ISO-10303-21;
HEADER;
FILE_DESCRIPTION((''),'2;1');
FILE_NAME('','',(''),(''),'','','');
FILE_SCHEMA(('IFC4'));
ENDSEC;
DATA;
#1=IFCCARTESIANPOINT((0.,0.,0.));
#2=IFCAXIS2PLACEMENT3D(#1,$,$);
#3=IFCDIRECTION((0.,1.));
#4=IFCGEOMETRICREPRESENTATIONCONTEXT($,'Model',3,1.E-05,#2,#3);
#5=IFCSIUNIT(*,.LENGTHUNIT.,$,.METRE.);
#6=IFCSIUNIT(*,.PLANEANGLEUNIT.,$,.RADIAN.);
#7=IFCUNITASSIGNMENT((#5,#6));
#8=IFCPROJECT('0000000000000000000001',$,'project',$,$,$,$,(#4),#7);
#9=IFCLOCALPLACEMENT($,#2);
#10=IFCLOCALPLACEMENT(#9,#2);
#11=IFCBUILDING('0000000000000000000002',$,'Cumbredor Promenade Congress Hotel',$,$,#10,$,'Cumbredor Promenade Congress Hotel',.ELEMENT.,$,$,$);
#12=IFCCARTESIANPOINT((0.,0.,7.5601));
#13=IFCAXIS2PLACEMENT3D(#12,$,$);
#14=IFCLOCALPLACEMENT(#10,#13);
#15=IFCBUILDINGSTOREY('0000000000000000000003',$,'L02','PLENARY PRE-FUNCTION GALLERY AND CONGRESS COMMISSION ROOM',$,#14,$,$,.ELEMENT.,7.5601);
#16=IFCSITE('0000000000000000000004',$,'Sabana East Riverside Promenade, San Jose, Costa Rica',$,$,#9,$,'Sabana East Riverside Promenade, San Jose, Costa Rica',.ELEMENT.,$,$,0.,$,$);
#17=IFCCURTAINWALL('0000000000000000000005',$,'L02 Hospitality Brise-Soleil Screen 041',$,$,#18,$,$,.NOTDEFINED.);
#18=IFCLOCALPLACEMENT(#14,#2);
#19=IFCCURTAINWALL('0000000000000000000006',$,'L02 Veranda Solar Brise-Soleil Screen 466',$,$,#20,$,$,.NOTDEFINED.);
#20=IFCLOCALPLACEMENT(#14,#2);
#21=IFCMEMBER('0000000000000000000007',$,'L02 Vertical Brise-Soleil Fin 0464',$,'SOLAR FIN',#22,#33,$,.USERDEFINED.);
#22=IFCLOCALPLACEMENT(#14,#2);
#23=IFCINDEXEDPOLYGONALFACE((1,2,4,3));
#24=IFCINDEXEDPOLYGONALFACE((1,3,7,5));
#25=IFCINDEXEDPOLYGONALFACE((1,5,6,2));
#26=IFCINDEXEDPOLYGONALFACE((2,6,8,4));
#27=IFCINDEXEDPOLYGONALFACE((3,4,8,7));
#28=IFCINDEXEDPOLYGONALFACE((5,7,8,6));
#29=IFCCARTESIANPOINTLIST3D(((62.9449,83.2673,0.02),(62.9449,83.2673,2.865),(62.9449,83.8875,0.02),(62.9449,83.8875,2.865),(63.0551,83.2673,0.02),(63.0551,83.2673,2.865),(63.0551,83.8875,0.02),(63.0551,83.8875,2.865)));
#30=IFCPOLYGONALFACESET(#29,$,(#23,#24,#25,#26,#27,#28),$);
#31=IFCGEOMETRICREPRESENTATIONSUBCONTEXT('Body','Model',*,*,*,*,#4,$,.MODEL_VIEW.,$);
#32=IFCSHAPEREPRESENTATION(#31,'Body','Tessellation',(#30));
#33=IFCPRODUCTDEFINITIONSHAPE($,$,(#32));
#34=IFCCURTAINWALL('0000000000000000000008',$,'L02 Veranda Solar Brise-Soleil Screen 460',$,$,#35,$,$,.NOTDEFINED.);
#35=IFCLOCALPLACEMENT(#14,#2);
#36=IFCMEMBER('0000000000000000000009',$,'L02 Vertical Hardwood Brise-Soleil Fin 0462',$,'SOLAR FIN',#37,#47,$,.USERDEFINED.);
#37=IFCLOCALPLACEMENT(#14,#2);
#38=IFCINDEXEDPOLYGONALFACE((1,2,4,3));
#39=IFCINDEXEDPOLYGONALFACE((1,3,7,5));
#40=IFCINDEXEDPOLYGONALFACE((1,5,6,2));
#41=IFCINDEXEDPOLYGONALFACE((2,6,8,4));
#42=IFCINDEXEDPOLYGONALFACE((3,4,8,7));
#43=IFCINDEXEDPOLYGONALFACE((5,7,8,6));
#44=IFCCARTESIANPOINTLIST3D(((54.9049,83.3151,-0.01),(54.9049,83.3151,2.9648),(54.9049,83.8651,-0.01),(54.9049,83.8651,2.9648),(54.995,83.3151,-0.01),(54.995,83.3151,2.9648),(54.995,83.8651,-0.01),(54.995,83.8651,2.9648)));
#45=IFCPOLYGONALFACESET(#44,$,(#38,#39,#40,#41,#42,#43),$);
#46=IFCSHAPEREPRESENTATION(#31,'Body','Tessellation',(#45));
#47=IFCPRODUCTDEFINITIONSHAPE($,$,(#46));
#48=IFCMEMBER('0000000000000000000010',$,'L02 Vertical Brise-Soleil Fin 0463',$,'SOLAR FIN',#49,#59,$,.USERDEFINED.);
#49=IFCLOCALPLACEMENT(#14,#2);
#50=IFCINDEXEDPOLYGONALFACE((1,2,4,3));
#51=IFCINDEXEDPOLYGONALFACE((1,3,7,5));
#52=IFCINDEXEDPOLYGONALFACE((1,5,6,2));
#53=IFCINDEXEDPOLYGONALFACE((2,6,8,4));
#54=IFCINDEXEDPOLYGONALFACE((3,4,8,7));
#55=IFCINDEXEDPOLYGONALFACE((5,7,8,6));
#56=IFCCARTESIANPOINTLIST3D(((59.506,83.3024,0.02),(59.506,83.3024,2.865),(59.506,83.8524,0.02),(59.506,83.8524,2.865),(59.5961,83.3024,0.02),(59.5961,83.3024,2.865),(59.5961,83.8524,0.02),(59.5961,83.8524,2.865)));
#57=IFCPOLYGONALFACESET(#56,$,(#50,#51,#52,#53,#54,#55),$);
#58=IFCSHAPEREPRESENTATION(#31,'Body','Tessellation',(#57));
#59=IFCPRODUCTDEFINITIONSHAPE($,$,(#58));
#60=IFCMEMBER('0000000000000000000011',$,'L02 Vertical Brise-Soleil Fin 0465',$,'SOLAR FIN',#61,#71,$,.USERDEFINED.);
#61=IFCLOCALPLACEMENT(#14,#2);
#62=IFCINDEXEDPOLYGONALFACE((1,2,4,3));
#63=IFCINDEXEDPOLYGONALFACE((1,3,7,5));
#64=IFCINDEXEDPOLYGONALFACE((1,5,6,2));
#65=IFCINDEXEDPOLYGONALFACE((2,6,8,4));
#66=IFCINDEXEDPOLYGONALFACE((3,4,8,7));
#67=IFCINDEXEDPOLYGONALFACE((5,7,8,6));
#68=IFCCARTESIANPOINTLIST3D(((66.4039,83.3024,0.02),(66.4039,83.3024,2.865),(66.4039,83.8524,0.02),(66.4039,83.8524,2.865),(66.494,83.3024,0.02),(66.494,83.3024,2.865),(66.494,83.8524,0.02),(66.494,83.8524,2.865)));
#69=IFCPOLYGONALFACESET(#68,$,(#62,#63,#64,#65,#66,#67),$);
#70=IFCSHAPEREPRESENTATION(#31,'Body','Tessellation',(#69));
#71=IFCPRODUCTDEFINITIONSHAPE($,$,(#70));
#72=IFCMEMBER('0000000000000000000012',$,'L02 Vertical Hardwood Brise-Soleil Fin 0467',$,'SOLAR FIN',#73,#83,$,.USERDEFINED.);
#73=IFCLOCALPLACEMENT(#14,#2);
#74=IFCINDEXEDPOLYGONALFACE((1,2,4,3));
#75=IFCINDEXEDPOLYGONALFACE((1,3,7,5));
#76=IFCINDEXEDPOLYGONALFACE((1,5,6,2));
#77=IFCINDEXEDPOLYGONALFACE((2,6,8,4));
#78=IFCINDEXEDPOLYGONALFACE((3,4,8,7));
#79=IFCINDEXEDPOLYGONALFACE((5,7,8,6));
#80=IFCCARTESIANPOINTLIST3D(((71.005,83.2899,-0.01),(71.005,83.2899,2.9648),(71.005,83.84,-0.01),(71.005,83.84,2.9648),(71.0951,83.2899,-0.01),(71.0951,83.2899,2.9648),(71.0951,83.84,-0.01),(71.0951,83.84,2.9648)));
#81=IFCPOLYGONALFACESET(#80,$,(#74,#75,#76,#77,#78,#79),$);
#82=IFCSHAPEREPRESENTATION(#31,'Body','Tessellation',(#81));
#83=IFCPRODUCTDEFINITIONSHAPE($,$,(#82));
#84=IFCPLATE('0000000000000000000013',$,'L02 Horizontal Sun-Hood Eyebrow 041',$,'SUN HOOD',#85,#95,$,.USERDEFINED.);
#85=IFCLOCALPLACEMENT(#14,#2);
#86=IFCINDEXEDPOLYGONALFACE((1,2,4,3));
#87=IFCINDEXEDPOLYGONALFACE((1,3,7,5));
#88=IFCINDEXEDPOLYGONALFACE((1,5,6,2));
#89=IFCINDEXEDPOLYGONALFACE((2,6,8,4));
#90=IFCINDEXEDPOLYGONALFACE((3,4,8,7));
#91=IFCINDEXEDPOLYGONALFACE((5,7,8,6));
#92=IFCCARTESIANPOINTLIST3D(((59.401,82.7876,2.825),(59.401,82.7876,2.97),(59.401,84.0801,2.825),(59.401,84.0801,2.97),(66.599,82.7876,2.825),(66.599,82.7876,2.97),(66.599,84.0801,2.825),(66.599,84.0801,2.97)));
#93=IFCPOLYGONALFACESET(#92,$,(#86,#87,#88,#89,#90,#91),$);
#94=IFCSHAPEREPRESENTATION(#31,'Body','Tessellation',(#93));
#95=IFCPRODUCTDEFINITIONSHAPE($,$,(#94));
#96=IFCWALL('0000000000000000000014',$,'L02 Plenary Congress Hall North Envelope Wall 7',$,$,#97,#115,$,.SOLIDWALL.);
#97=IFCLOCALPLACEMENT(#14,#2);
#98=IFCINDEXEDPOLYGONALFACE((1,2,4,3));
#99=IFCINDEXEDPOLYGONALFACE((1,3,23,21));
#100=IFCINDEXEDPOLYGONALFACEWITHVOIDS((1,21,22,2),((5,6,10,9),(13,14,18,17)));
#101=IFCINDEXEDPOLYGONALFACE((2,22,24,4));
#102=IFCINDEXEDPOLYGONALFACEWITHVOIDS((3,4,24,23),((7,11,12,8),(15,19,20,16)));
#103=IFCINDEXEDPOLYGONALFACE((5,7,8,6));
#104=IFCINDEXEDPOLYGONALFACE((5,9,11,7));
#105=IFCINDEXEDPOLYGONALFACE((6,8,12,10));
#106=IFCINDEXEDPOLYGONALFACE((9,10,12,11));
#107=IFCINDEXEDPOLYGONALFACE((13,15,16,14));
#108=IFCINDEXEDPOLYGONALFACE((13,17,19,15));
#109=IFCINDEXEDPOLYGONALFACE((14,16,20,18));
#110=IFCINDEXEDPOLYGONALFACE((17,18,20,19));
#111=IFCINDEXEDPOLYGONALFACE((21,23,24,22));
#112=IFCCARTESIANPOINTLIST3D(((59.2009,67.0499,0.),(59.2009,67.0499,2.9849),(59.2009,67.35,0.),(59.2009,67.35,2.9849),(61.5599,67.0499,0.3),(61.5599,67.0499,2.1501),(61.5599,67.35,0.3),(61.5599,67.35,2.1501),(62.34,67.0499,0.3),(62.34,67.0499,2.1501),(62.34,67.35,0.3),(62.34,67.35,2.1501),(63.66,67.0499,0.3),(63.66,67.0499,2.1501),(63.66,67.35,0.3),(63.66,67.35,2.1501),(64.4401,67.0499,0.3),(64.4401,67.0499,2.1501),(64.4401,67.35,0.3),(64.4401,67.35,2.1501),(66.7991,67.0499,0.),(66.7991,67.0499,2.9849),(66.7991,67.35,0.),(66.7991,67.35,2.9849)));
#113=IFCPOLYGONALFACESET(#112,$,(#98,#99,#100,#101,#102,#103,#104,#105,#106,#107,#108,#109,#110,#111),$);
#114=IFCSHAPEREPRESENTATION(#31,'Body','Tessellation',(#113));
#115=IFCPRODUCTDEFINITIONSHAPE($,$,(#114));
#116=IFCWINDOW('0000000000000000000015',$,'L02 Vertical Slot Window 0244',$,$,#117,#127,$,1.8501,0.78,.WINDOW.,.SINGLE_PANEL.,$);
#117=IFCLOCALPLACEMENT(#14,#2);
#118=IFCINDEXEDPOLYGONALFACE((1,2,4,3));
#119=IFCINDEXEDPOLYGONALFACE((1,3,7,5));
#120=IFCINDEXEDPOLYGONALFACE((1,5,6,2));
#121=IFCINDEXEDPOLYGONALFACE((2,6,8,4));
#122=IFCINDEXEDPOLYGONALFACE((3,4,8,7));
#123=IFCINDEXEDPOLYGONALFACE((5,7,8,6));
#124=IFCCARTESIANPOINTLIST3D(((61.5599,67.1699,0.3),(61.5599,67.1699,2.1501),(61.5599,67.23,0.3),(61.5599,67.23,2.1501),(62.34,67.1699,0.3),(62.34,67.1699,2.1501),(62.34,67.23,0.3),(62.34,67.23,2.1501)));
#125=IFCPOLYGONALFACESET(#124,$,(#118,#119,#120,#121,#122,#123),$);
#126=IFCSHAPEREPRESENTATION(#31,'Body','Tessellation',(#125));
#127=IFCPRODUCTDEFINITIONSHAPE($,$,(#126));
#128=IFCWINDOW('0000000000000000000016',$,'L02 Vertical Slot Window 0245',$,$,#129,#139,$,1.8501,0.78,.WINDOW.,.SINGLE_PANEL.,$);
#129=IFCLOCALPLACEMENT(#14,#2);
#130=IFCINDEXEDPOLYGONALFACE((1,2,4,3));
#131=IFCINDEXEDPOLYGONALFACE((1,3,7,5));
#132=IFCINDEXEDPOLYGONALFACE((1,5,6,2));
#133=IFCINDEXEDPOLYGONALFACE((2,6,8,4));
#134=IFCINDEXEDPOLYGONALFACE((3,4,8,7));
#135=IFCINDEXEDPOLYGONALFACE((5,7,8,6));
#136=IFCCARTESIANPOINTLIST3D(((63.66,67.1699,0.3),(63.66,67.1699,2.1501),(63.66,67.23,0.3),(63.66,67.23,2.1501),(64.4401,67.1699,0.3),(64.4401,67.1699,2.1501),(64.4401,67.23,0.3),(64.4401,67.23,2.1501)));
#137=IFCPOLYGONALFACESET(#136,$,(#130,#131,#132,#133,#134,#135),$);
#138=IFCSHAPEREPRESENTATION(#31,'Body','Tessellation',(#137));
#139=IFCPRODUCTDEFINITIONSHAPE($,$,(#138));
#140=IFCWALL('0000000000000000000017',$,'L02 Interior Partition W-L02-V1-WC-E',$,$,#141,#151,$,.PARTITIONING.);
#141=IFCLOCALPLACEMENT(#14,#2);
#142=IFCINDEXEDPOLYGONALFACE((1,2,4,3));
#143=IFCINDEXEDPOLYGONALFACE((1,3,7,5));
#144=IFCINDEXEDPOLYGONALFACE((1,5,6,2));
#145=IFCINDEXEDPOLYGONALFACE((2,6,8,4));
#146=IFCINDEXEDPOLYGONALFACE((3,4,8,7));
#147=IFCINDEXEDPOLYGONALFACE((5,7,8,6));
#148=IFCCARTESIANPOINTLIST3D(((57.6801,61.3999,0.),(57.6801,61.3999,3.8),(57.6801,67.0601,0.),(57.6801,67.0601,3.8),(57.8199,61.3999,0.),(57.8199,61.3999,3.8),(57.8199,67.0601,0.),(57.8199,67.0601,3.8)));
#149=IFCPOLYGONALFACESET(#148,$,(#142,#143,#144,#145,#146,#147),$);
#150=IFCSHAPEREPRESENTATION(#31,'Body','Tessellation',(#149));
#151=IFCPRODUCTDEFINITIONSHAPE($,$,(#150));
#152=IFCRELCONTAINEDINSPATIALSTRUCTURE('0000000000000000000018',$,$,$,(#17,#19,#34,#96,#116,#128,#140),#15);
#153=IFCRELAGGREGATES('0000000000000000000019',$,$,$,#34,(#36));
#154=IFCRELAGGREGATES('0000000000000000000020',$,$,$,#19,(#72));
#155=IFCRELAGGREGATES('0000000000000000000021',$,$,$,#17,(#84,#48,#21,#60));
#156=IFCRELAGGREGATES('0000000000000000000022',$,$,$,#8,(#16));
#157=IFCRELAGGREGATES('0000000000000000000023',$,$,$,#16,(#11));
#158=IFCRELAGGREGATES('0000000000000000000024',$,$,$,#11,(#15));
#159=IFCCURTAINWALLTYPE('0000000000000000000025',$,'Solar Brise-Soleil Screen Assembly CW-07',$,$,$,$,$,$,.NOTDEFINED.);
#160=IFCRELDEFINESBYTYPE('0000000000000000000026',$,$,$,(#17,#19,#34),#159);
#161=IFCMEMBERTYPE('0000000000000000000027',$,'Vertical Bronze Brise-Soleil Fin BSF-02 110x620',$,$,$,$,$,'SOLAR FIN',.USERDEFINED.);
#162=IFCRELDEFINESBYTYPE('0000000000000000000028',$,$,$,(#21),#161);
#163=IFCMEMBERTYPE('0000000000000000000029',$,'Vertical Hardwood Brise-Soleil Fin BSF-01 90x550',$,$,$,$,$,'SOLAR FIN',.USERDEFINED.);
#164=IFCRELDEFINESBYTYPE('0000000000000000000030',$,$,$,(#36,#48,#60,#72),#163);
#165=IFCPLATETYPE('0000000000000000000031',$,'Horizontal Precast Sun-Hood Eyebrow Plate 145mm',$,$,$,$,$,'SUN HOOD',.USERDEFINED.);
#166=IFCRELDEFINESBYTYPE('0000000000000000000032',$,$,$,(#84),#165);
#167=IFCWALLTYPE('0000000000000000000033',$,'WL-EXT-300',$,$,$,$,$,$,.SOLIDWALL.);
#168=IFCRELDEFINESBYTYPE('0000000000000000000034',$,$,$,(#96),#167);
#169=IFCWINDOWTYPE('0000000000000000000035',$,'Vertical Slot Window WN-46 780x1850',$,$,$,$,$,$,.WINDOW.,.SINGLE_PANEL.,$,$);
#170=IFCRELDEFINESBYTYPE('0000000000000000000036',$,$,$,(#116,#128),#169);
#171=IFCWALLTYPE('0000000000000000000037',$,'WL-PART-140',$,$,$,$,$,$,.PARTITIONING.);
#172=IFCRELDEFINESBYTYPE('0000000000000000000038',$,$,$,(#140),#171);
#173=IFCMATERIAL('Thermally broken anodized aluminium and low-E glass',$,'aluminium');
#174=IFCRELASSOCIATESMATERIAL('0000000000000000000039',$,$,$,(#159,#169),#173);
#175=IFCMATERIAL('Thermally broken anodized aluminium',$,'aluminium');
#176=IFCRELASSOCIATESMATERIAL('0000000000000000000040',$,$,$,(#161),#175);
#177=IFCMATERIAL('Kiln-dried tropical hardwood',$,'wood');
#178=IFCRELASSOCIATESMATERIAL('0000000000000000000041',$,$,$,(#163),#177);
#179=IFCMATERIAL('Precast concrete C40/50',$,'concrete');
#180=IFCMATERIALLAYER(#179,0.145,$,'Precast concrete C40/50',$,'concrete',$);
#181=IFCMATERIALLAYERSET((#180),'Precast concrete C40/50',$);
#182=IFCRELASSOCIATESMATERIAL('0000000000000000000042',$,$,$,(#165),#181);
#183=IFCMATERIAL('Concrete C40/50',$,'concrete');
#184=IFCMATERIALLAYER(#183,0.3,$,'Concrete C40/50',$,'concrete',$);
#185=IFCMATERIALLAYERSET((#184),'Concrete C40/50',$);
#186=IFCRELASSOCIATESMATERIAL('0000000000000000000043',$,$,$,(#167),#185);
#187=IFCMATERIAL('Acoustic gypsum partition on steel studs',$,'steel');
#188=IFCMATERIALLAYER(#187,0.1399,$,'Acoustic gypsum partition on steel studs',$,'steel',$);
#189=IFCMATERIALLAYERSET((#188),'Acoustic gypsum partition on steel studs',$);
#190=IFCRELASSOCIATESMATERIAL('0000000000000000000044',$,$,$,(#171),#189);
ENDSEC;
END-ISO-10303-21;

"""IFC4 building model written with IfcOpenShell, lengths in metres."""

from ifc_helpers import new_model, si_unit, direction, frame, frame_2d, origin, origin_2d, place, context, subcontext, project, spatial, rectangle, extrude, material, layer, layer_set, material_profile, profile_set, type_object, element, fill, aggregate, save


model = new_model("IFC4")

# Units and contexts
model_context = context("Model", 3, precision=1e-05, world=origin(), true_north=direction((0.0, 1.0)))
body_context = subcontext(model_context, "Body", "Model", "MODEL_VIEW")
ifc_project = project(units=[si_unit("LENGTHUNIT", "METRE"), si_unit("PLANEANGLEUNIT", "RADIAN")], contexts=[model_context])

# Site, building, storey
site_placement = place(None, origin())
site = spatial("IfcSite", under=ifc_project, at=site_placement, Name="Sabana East Riverside Promenade, San Jose, Costa Rica", LongName="Sabana East Riverside Promenade, San Jose, Costa Rica", CompositionType="ELEMENT", RefElevation=0.0)
building_placement = place(site_placement, origin())
building = spatial("IfcBuilding", under=site, at=building_placement, Name="Cumbredor Promenade Congress Hotel", LongName="Cumbredor Promenade Congress Hotel", CompositionType="ELEMENT")
storey_placement = place(building_placement, frame((0.0, 0.0, 7.5601)))
storey = spatial("IfcBuildingStorey", under=building, at=storey_placement, Name="L02", Description="PLENARY PRE-FUNCTION GALLERY AND CONGRESS COMMISSION ROOM", CompositionType="ELEMENT", Elevation=7.5601)

# Curtain walls
ifc_material_1 = material(Name="Thermally broken anodized aluminium and low-E glass", Category="aluminium")
curtain_wall_type = type_object("IfcCurtainWallType", Name="Solar Brise-Soleil Screen Assembly CW-07", PredefinedType="NOTDEFINED", material=ifc_material_1)
ifc_material_2 = material(Name="Thermally broken anodized aluminium", Category="aluminium")
curtain_wall_1_placement = place(storey_placement, origin())
curtain_wall_1 = element("IfcCurtainWall", 1, at=curtain_wall_1_placement, inside=storey, type_object=curtain_wall_type, Name="L02 Hospitality Brise-Soleil Screen 041", PredefinedType="NOTDEFINED")
curtain_wall_2_placement = place(storey_placement, origin())
curtain_wall_2 = element("IfcCurtainWall", 2, at=curtain_wall_2_placement, inside=storey, type_object=curtain_wall_type, Name="L02 Veranda Solar Brise-Soleil Screen 466", PredefinedType="NOTDEFINED")

# Shared definitions
ifc_material_3 = material(Name="Concrete C40/50", Category="concrete")

# Member
ifc_material_profile_1 = material_profile(ifc_material_2, rectangle(XDim=0.1101, YDim=0.6201, at=origin_2d()), Name="ARCH FIN 110x620")
ifc_profile_set_1 = profile_set([ifc_material_profile_1], Name="Thermally broken anodized aluminium")
member_type_1 = type_object("IfcMemberType", Name="Vertical Bronze Brise-Soleil Fin BSF-02 110x620", ElementType="SOLAR FIN", PredefinedType="USERDEFINED", material=ifc_profile_set_1)
member_1_placement = place(storey_placement, frame((63.0, 83.5774, 0.02), z_axis=(0.0, 0.0, 1.0), x_axis=(1.0, 0.0, 0.0)))
member_1 = element("IfcMember", 3, at=member_1_placement, type_object=member_type_1, Name="L02 Vertical Brise-Soleil Fin 0464", ObjectType="SOLAR FIN", PredefinedType="USERDEFINED", context=body_context, shape_type="SweptSolid", body=[
    extrude(rectangle(XDim=0.1101, YDim=0.6201, at=origin_2d()), origin(), (0.0, 0.0, 1.0), 2.845),
])

# Curtain wall, member
curtain_wall_3_placement = place(storey_placement, origin())
curtain_wall_3 = element("IfcCurtainWall", 4, at=curtain_wall_3_placement, inside=storey, type_object=curtain_wall_type, Name="L02 Veranda Solar Brise-Soleil Screen 460", PredefinedType="NOTDEFINED")
ifc_material_4 = material(Name="Kiln-dried tropical hardwood", Category="wood")
ifc_material_profile_2 = material_profile(ifc_material_4, rectangle(XDim=0.0901, YDim=0.55, at=origin_2d()), Name="ARCH FIN 90x550")
ifc_profile_set_2 = profile_set([ifc_material_profile_2], Name="Kiln-dried tropical hardwood")
member_type_2 = type_object("IfcMemberType", Name="Vertical Hardwood Brise-Soleil Fin BSF-01 90x550", ElementType="SOLAR FIN", PredefinedType="USERDEFINED", material=ifc_profile_set_2)
member_2_placement = place(storey_placement, frame((54.95, 83.5901, -0.01), z_axis=(0.0, 0.0, 1.0), x_axis=(1.0, 0.0, 0.0)))
member_2 = element("IfcMember", 5, at=member_2_placement, type_object=member_type_2, Name="L02 Vertical Hardwood Brise-Soleil Fin 0462", ObjectType="SOLAR FIN", PredefinedType="USERDEFINED", context=body_context, shape_type="SweptSolid", body=[
    extrude(rectangle(XDim=0.0901, YDim=0.55, at=origin_2d()), origin(), (0.0, 0.0, 1.0), 2.9749),
])
aggregate(curtain_wall_3, [member_2])

# Members
member_3_placement = place(storey_placement, frame((59.551, 83.5774, 0.02), z_axis=(0.0, 0.0, 1.0), x_axis=(1.0, 0.0, 0.0)))
member_3 = element("IfcMember", 6, at=member_3_placement, type_object=member_type_2, Name="L02 Vertical Brise-Soleil Fin 0463", ObjectType="SOLAR FIN", PredefinedType="USERDEFINED", context=body_context, shape_type="SweptSolid", body=[
    extrude(rectangle(XDim=0.0901, YDim=0.55, at=origin_2d()), origin(), (0.0, 0.0, 1.0), 2.845),
])
member_4_placement = place(storey_placement, frame((66.449, 83.5774, 0.02), z_axis=(0.0, 0.0, 1.0), x_axis=(1.0, 0.0, 0.0)))
member_4 = element("IfcMember", 7, at=member_4_placement, type_object=member_type_2, Name="L02 Vertical Brise-Soleil Fin 0465", ObjectType="SOLAR FIN", PredefinedType="USERDEFINED", context=body_context, shape_type="SweptSolid", body=[
    extrude(rectangle(XDim=0.0901, YDim=0.55, at=origin_2d()), origin(), (0.0, 0.0, 1.0), 2.845),
])
member_5_placement = place(storey_placement, frame((71.05, 83.5649, -0.01), z_axis=(0.0, 0.0, 1.0), x_axis=(1.0, 0.0, 0.0)))
member_5 = element("IfcMember", 8, at=member_5_placement, type_object=member_type_2, Name="L02 Vertical Hardwood Brise-Soleil Fin 0467", ObjectType="SOLAR FIN", PredefinedType="USERDEFINED", context=body_context, shape_type="SweptSolid", body=[
    extrude(rectangle(XDim=0.0901, YDim=0.55, at=origin_2d()), origin(), (0.0, 0.0, 1.0), 2.9749),
])
aggregate(curtain_wall_2, [member_5])

# Plate
ifc_material_5 = material(Name="Precast concrete C40/50", Category="concrete")
ifc_layer_1 = layer(ifc_material_5, 0.145, Name="Precast concrete C40/50", Category="concrete")
ifc_layer_set_1 = layer_set([ifc_layer_1], Name="Precast concrete C40/50")
plate_type = type_object("IfcPlateType", Name="Horizontal Precast Sun-Hood Eyebrow Plate 145mm", ElementType="SUN HOOD", PredefinedType="USERDEFINED", material=ifc_layer_set_1)
plate_placement = place(storey_placement, frame((63.0, 83.4338, 2.825), z_axis=(0.0, 0.0, 1.0), x_axis=(1.0, 0.0, 0.0)))
plate = element("IfcPlate", 9, at=plate_placement, type_object=plate_type, Name="L02 Horizontal Sun-Hood Eyebrow 041", ObjectType="SUN HOOD", PredefinedType="USERDEFINED", context=body_context, shape_type="SweptSolid", body=[
    extrude(rectangle(XDim=7.198, YDim=1.2925, at=origin_2d()), origin(), (0.0, 0.0, 1.0), 0.145),
])
aggregate(curtain_wall_1, [plate, member_3, member_1, member_4])

# Wall, openings, windows
ifc_layer_2 = layer(ifc_material_3, 0.3, Name="Concrete C40/50", Category="concrete")
ifc_layer_set_2 = layer_set([ifc_layer_2], Name="Concrete C40/50")
wall_type_1 = type_object("IfcWallType", Name="WL-EXT-300", PredefinedType="SOLIDWALL", material=ifc_layer_set_2)
wall_1_placement = place(storey_placement, frame((59.2009, 67.2, 0.0), z_axis=(0.0, 0.0, 1.0), x_axis=(1.0, 0.0, 0.0)))
wall_1 = element("IfcWall", 10, at=wall_1_placement, inside=storey, type_object=wall_type_1, Name="L02 Plenary Congress Hall North Envelope Wall 7", PredefinedType="SOLIDWALL", context=body_context, shape_type="SweptSolid", body=[
    extrude(rectangle(XDim=7.5981, YDim=0.3, at=frame_2d((3.7991, 0.0))), origin(), (0.0, 0.0, 1.0), 2.9849),
])
opening_1_placement = place(wall_1_placement, frame((2.3589, 0.0, 0.3)))
opening_1 = element("IfcOpeningElement", 11, at=opening_1_placement, cuts=wall_1, PredefinedType="OPENING", context=body_context, shape_type="SweptSolid", body=[
    extrude(rectangle(XDim=0.78, YDim=1.8501, at=frame_2d((0.3901, 0.925))), frame((0.0, 0.1602, 0.0), z_axis=(0.0, -1.0, 0.0), x_axis=(1.0, 0.0, 0.0)), (0.0, 0.0, 1.0), 0.3201),
])
opening_2_placement = place(wall_1_placement, frame((4.459, 0.0, 0.3)))
opening_2 = element("IfcOpeningElement", 12, at=opening_2_placement, cuts=wall_1, PredefinedType="OPENING", context=body_context, shape_type="SweptSolid", body=[
    extrude(rectangle(XDim=0.78, YDim=1.8501, at=frame_2d((0.3901, 0.925))), frame((0.0, 0.1602, 0.0), z_axis=(0.0, -1.0, 0.0), x_axis=(1.0, 0.0, 0.0)), (0.0, 0.0, 1.0), 0.3201),
])
window_type = type_object("IfcWindowType", Name="Vertical Slot Window WN-46 780x1850", PartitioningType="SINGLE_PANEL", PredefinedType="WINDOW", material=ifc_material_1)
window_1_placement = place(opening_1_placement, origin())
window_1 = element("IfcWindow", 13, at=window_1_placement, inside=storey, type_object=window_type, Name="L02 Vertical Slot Window 0244", OverallHeight=1.8501, OverallWidth=0.78, PartitioningType="SINGLE_PANEL", PredefinedType="WINDOW", context=body_context, shape_type="SweptSolid", body=[
    extrude(rectangle(XDim=0.78, YDim=1.8501, at=frame_2d((0.3901, 0.925))), frame((0.0, 0.03, 0.0), z_axis=(0.0, -1.0, 0.0), x_axis=(1.0, 0.0, 0.0)), (0.0, 0.0, 1.0), 0.0601),
])
fill(opening_1, window_1)
window_2_placement = place(opening_2_placement, origin())
window_2 = element("IfcWindow", 14, at=window_2_placement, inside=storey, type_object=window_type, Name="L02 Vertical Slot Window 0245", OverallHeight=1.8501, OverallWidth=0.78, PartitioningType="SINGLE_PANEL", PredefinedType="WINDOW", context=body_context, shape_type="SweptSolid", body=[
    extrude(rectangle(XDim=0.78, YDim=1.8501, at=frame_2d((0.3901, 0.925))), frame((0.0, 0.03, 0.0), z_axis=(0.0, -1.0, 0.0), x_axis=(1.0, 0.0, 0.0)), (0.0, 0.0, 1.0), 0.0601),
])
fill(opening_2, window_2)

# Wall
ifc_material_6 = material(Name="Acoustic gypsum partition on steel studs", Category="steel")
ifc_layer_3 = layer(ifc_material_6, 0.1399, Name="Acoustic gypsum partition on steel studs", Category="steel")
ifc_layer_set_3 = layer_set([ifc_layer_3], Name="Acoustic gypsum partition on steel studs")
wall_type_2 = type_object("IfcWallType", Name="WL-PART-140", PredefinedType="PARTITIONING", material=ifc_layer_set_3)
wall_2_placement = place(storey_placement, frame((57.75, 61.3999, 0.0), z_axis=(0.0, 0.0, 1.0), x_axis=(0.0, 1.0, 0.0)))
element("IfcWall", 15, at=wall_2_placement, inside=storey, type_object=wall_type_2, Name="L02 Interior Partition W-L02-V1-WC-E", PredefinedType="PARTITIONING", context=body_context, shape_type="SweptSolid", body=[
    extrude(rectangle(XDim=5.6602, YDim=0.1399, at=frame_2d((2.8301, 0.0))), origin(), (0.0, 0.0, 1.0), 3.8),
])

save(model, "model.ifc")
